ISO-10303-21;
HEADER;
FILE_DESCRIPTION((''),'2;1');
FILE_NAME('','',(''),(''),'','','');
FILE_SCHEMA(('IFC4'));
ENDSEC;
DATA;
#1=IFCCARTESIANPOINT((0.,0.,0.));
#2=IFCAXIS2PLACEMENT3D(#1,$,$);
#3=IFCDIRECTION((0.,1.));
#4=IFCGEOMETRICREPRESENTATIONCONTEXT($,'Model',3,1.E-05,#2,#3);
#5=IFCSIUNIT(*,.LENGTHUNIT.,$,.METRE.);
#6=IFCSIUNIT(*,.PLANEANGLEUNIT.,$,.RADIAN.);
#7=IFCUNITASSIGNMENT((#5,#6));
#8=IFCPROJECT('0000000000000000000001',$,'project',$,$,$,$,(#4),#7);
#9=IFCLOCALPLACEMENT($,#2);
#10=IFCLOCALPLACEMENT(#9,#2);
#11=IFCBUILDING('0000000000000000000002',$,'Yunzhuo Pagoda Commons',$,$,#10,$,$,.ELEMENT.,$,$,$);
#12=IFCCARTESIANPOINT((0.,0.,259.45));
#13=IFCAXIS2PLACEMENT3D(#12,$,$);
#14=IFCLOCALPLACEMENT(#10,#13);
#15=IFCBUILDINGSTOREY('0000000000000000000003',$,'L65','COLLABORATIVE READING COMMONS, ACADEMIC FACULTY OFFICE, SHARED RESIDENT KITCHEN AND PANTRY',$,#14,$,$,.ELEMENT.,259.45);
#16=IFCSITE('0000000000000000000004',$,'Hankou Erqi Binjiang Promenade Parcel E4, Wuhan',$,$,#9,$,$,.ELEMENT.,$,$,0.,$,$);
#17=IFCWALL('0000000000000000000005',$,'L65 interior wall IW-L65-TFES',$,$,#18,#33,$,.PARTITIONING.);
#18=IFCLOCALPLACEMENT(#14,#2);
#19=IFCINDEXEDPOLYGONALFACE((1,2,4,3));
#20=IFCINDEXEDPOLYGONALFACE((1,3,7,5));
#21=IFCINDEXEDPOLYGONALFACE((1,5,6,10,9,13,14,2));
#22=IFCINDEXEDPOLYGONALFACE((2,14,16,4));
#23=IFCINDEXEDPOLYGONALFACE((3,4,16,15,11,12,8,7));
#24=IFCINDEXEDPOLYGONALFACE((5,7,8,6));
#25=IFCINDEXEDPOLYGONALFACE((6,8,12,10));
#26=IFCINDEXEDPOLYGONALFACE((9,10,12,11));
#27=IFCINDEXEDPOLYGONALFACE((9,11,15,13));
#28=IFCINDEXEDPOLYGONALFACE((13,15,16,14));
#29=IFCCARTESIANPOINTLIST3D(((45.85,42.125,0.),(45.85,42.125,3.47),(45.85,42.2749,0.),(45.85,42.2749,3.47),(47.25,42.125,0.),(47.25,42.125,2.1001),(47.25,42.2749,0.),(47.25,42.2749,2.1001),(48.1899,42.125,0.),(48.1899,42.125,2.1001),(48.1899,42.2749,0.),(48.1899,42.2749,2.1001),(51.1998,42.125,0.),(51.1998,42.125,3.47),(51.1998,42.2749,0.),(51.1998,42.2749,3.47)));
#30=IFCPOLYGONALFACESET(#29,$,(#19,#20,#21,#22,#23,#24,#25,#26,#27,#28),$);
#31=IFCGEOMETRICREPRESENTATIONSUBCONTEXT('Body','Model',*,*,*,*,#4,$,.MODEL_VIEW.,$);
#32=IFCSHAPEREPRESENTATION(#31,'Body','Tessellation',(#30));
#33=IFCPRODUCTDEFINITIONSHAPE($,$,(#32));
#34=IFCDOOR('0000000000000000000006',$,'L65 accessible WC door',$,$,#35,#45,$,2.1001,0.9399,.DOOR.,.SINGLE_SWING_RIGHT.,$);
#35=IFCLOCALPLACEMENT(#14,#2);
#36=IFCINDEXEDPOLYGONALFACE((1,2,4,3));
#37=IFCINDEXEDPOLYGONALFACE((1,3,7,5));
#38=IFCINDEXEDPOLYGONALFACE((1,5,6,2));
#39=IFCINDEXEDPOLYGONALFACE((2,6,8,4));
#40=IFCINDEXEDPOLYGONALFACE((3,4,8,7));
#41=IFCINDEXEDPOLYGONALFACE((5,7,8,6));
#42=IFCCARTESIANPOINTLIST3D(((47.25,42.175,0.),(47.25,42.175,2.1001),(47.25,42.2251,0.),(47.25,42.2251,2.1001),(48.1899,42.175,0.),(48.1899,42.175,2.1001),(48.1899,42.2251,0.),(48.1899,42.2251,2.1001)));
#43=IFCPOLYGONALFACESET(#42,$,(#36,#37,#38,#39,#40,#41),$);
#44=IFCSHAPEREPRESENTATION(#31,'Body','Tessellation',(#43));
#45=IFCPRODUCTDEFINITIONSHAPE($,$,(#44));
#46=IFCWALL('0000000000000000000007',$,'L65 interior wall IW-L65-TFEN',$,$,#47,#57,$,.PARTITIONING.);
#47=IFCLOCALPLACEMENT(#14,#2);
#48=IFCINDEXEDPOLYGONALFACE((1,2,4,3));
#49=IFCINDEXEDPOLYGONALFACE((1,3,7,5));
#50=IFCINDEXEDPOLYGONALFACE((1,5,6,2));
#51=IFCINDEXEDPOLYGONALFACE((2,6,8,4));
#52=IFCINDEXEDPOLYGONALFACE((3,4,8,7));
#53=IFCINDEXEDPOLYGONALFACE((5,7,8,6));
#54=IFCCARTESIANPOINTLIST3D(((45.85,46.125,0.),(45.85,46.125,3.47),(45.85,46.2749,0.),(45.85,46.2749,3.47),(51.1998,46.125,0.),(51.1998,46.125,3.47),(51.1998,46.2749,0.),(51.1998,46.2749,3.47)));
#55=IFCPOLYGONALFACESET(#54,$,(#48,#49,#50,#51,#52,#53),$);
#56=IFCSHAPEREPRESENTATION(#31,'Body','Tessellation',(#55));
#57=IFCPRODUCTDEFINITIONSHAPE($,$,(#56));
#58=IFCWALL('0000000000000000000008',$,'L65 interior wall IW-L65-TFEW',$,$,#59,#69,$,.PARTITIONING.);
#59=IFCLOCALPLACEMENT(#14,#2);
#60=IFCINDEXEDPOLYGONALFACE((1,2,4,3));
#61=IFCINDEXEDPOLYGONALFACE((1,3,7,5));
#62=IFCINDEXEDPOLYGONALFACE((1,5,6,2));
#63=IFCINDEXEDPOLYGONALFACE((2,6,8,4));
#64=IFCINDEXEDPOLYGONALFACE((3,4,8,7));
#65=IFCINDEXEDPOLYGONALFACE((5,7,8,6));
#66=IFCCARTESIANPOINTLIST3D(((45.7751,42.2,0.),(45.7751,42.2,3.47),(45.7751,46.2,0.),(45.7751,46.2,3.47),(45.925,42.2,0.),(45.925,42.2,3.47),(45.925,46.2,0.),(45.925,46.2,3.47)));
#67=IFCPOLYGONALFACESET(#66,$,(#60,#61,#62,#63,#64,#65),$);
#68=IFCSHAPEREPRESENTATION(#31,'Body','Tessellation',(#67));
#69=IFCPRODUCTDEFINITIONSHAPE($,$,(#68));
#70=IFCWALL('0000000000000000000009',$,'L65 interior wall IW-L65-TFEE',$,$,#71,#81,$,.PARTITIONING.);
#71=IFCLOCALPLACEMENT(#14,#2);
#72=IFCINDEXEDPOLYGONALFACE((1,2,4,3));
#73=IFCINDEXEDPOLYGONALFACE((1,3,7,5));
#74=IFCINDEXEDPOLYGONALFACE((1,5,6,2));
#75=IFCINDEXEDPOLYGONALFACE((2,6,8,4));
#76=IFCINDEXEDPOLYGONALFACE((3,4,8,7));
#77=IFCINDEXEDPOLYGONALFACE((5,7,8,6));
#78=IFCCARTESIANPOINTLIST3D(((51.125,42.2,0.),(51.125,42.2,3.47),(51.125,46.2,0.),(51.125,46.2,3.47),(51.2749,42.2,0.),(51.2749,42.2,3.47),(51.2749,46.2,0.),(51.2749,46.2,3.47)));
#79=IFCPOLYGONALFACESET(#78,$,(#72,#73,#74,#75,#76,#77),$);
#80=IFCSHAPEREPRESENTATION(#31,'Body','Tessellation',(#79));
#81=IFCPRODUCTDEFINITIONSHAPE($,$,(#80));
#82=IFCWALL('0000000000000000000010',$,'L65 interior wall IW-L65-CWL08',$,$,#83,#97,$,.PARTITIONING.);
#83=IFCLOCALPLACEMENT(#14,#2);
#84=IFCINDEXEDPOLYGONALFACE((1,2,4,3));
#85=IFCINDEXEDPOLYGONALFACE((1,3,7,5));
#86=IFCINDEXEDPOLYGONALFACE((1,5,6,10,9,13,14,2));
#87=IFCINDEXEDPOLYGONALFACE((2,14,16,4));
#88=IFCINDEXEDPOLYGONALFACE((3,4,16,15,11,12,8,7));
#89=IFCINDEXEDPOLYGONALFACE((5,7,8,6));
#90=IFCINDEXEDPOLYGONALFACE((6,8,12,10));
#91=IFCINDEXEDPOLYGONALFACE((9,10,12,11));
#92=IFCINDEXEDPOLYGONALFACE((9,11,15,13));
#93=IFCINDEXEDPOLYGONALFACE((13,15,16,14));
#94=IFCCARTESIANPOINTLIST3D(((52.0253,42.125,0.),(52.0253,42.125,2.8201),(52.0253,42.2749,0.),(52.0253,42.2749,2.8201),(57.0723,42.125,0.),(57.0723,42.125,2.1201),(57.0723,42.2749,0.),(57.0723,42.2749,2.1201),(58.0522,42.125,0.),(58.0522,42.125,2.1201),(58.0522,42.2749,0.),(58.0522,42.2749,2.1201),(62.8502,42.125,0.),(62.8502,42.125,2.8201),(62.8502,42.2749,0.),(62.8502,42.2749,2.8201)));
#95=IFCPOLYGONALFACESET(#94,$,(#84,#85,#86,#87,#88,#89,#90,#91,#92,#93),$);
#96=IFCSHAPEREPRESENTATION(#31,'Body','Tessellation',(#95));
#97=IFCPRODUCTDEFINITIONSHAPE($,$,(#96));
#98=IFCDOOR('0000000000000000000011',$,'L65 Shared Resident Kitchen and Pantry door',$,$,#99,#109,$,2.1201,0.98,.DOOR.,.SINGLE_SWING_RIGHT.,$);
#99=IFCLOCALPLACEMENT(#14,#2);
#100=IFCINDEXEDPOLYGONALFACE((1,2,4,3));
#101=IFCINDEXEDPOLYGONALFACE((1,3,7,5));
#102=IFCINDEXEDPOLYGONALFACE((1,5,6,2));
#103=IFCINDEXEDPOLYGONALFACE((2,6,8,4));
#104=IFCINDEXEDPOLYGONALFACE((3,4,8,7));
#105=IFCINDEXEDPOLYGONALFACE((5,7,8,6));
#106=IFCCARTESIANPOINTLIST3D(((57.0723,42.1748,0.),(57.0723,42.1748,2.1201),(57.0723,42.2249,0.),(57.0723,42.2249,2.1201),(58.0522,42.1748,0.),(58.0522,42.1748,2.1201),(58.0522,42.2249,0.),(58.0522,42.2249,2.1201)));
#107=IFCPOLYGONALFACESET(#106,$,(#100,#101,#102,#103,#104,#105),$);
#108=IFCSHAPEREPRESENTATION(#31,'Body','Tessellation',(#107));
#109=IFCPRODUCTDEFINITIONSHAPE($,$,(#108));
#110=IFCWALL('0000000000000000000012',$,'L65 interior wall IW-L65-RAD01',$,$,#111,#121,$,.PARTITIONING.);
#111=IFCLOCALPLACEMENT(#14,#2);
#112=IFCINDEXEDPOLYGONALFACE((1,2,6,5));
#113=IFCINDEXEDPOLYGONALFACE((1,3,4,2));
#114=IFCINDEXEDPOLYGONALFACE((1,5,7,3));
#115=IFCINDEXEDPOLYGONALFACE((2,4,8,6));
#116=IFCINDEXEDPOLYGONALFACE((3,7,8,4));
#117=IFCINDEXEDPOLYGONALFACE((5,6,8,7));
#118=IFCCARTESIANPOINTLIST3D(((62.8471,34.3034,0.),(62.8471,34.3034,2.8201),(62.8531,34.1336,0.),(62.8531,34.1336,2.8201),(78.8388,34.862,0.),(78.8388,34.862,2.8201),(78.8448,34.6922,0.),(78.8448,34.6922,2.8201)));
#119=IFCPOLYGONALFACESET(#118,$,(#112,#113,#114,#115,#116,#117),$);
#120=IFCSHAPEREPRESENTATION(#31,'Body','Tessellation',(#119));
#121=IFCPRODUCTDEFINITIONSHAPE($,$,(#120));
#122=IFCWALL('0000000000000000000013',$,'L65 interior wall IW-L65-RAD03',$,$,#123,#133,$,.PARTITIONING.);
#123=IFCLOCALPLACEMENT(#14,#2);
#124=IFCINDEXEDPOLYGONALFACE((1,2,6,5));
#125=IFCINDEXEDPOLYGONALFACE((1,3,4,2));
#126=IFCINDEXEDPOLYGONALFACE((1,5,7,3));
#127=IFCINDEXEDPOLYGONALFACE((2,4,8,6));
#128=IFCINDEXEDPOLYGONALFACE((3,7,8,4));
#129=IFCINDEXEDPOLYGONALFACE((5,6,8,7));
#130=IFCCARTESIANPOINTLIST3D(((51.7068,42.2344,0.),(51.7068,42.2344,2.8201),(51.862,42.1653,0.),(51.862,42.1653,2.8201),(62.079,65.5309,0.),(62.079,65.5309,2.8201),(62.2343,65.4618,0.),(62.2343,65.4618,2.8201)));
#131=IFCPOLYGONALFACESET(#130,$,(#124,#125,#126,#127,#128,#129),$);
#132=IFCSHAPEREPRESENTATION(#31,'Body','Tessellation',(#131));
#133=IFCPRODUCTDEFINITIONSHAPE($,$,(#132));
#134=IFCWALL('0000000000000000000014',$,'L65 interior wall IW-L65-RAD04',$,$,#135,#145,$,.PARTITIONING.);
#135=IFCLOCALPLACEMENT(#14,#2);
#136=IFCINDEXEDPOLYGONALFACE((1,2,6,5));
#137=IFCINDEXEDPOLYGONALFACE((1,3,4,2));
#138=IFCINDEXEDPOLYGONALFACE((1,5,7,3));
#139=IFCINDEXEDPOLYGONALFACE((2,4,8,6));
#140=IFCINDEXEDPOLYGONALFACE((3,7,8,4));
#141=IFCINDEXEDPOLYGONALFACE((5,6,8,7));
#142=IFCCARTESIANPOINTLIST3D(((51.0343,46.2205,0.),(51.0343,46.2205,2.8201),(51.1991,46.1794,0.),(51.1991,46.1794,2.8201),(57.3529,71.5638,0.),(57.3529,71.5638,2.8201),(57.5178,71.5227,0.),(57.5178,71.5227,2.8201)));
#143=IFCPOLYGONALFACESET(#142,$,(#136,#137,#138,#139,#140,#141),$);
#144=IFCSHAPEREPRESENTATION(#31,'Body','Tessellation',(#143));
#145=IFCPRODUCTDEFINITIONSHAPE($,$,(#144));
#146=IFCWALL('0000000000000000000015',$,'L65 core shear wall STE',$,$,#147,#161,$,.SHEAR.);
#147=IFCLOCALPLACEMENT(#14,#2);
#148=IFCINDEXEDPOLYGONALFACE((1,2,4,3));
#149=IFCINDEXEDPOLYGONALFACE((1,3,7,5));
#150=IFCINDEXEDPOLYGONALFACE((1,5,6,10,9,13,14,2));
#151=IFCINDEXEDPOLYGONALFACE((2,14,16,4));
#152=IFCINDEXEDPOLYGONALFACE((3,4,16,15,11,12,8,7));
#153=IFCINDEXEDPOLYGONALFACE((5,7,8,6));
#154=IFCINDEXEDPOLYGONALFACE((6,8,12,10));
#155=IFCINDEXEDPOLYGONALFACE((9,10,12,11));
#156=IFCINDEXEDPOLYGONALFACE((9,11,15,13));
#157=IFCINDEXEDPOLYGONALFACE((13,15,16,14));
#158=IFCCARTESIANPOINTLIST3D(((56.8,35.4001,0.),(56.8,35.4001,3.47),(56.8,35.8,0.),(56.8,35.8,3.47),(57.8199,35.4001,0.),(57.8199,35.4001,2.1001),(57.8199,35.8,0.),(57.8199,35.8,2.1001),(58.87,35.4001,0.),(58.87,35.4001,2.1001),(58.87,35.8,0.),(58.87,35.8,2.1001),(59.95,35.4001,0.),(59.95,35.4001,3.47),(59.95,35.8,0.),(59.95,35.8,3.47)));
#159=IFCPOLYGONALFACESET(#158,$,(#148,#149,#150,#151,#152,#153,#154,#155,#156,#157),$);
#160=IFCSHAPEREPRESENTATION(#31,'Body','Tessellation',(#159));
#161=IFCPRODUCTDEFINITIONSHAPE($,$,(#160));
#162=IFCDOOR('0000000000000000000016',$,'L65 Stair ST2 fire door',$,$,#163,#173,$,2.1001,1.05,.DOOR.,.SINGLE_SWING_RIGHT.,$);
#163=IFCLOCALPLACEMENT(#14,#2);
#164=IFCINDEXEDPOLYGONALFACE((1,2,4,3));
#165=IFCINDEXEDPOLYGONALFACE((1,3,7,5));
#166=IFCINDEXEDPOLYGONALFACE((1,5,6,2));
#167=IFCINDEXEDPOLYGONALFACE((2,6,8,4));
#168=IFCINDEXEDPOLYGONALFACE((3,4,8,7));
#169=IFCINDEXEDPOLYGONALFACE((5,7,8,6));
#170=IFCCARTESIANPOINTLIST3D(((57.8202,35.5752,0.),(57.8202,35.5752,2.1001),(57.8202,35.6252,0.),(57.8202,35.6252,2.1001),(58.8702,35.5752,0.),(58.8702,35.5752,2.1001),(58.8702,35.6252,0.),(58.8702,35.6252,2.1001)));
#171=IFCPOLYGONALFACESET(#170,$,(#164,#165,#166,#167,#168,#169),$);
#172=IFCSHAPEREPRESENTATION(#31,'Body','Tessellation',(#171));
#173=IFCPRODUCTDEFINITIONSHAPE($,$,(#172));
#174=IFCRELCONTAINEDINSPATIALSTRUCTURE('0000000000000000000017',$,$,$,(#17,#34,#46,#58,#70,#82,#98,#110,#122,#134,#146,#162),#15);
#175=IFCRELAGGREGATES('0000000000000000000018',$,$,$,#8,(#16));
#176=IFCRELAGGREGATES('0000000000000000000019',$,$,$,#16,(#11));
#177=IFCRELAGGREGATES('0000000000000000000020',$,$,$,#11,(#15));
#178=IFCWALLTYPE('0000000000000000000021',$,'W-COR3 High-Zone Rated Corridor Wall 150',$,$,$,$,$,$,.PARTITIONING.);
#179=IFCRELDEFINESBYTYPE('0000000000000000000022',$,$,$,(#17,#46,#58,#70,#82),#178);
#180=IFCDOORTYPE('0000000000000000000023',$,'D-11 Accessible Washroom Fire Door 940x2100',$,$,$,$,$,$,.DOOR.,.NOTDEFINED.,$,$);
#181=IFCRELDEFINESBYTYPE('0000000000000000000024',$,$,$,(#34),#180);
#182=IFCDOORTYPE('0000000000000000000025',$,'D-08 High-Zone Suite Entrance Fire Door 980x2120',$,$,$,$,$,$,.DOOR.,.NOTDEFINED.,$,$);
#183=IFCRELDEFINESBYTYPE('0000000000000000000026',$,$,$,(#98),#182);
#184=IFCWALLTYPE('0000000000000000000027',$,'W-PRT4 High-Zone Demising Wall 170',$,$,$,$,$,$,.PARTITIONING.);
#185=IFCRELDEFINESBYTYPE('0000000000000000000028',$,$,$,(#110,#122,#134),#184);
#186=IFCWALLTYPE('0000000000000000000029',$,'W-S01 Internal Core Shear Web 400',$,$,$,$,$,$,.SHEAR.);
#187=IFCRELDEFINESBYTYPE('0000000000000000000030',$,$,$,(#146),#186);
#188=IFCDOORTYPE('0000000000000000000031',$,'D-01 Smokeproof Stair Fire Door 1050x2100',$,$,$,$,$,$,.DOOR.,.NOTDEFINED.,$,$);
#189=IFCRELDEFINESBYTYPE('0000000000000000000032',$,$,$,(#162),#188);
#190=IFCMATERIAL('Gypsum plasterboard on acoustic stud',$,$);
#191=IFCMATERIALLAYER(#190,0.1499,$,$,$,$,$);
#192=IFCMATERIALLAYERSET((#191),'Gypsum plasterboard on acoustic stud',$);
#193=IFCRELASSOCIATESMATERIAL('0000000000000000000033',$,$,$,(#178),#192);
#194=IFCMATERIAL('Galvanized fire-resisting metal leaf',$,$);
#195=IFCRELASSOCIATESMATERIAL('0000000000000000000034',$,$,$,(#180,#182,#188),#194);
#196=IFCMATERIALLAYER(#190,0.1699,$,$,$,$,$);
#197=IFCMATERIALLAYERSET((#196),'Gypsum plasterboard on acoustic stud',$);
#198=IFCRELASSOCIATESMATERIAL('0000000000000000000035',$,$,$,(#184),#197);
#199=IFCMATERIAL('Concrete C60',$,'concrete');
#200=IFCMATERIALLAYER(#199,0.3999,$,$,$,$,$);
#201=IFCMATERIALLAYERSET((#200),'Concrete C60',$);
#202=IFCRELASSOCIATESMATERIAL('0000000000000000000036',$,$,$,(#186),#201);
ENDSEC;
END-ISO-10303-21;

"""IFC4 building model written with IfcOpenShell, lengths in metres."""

from ifc_helpers import new_model, si_unit, direction, frame, frame_2d, origin, origin_with_axes, place, context, subcontext, project, spatial, rectangle, extrude, source, transform, mapped, material, layer, layer_set, type_object, element, fill, save


model = new_model("IFC4")

# Units and contexts
model_context = context("Model", 3, precision=1e-05, world=origin(), true_north=direction((0.0, 1.0)))
body_context = subcontext(model_context, "Body", "Model", "MODEL_VIEW")
ifc_project = project(units=[si_unit("LENGTHUNIT", "METRE"), si_unit("PLANEANGLEUNIT", "RADIAN")], contexts=[model_context])

# Site, building, storey
site_placement = place(None, origin())
site = spatial("IfcSite", under=ifc_project, at=site_placement, Name="Hankou Erqi Binjiang Promenade Parcel E4, Wuhan", CompositionType="ELEMENT", RefElevation=0.0)
building_placement = place(site_placement, origin())
building = spatial("IfcBuilding", under=site, at=building_placement, Name="Yunzhuo Pagoda Commons", CompositionType="ELEMENT")
storey_placement = place(building_placement, frame((0.0, 0.0, 259.45)))
storey = spatial("IfcBuildingStorey", under=building, at=storey_placement, Name="L65", Description="COLLABORATIVE READING COMMONS, ACADEMIC FACULTY OFFICE, SHARED RESIDENT KITCHEN AND PANTRY", CompositionType="ELEMENT", Elevation=259.45)

# Wall, opening, door
ifc_material_1 = material(Name="Galvanized fire-resisting metal leaf")
shared_shape_1 = source(origin(), body_context, "Body", "SweptSolid", [
    extrude(rectangle(XDim=1.05, YDim=2.1001, at=frame_2d((0.5249, 1.05))), frame((0.0, 0.0249, 0.0), z_axis=(0.0, -1.0, 0.0), x_axis=(1.0, 0.0, 0.0)), (0.0, 0.0, 1.0), 0.05),
])
ifc_material_2 = material(Name="Gypsum plasterboard on acoustic stud")
ifc_layer_1 = layer(ifc_material_2, 0.1499)
ifc_layer_set_1 = layer_set([ifc_layer_1], Name="Gypsum plasterboard on acoustic stud")
wall_type_1 = type_object("IfcWallType", Name="W-COR3 High-Zone Rated Corridor Wall 150", PredefinedType="PARTITIONING", material=ifc_layer_set_1)
wall_1_placement = place(storey_placement, frame((45.8501, 42.2, 0.0), z_axis=(0.0, 0.0, 1.0), x_axis=(1.0, 0.0, 0.0)))
wall_1 = element("IfcWall", 1, at=wall_1_placement, inside=storey, type_object=wall_type_1, Name="L65 interior wall IW-L65-TFES", PredefinedType="PARTITIONING", context=body_context, shape_type="SweptSolid", body=[
    extrude(rectangle(XDim=5.3499, YDim=0.1499, at=frame_2d((2.6748, 0.0))), origin(), (0.0, 0.0, 1.0), 3.47),
])
opening_1_placement = place(wall_1_placement, frame((1.3999, 0.0, 0.0)))
opening_1 = element("IfcOpeningElement", 2, at=opening_1_placement, cuts=wall_1, PredefinedType="OPENING", context=body_context, shape_type="SweptSolid", body=[
    extrude(rectangle(XDim=0.9399, YDim=2.1001, at=frame_2d((0.47, 1.05))), frame((0.0, 0.085, 0.0), z_axis=(0.0, -1.0, 0.0), x_axis=(1.0, 0.0, 0.0)), (0.0, 0.0, 1.0), 0.1699),
])
door_type_1 = type_object("IfcDoorType", Name="D-11 Accessible Washroom Fire Door 940x2100", OperationType="NOTDEFINED", PredefinedType="DOOR", material=ifc_material_1)
shared_shape_2 = source(origin(), body_context, "Body", "SweptSolid", [
    extrude(rectangle(XDim=0.9399, YDim=2.1001, at=frame_2d((0.47, 1.05))), frame((0.0, 0.0249, 0.0), z_axis=(0.0, -1.0, 0.0), x_axis=(1.0, 0.0, 0.0)), (0.0, 0.0, 1.0), 0.05),
])
door_1_placement = place(opening_1_placement, frame((0.9399, 0.0, 0.0), z_axis=(0.0, 0.0, 1.0), x_axis=(-1.0, 0.0, 0.0)))
door_1 = element("IfcDoor", 3, at=door_1_placement, inside=storey, type_object=door_type_1, Name="L65 accessible WC door", OperationType="SINGLE_SWING_RIGHT", OverallHeight=2.1001, OverallWidth=0.9399, PredefinedType="DOOR", context=body_context, shape_type="MappedRepresentation", body=[
    mapped(shared_shape_2, transform((0.0, 0.0, 0.0), scale=1.0)),
])
fill(opening_1, door_1)

# Walls
wall_2_placement = place(storey_placement, frame((45.8501, 46.2, 0.0), z_axis=(0.0, 0.0, 1.0), x_axis=(1.0, 0.0, 0.0)))
element("IfcWall", 4, at=wall_2_placement, inside=storey, type_object=wall_type_1, Name="L65 interior wall IW-L65-TFEN", PredefinedType="PARTITIONING", context=body_context, shape_type="SweptSolid", body=[
    extrude(rectangle(XDim=5.3499, YDim=0.1499, at=frame_2d((2.6748, 0.0))), origin(), (0.0, 0.0, 1.0), 3.47),
])
for number, where, z_axis, x_axis, name in (
    (5, (45.8501, 42.2, 0.0), (0.0, 0.0, 1.0), (0.0, 1.0, 0.0), "L65 interior wall IW-L65-TFEW"),
    (6, (51.2, 42.2, 0.0), (0.0, 0.0, 1.0), (0.0, 1.0, 0.0), "L65 interior wall IW-L65-TFEE"),
):
    element("IfcWall", number, at=place(storey_placement, frame(where, z_axis=z_axis, x_axis=x_axis)), inside=storey, type_object=wall_type_1, Name=name, PredefinedType="PARTITIONING", context=body_context, shape_type="SweptSolid", body=[
        extrude(rectangle(XDim=4.0, YDim=0.1499, at=frame_2d((2.0, 0.0))), origin(), (0.0, 0.0, 1.0), 3.47),
    ])

# Wall, opening, door
wall_3_placement = place(storey_placement, frame((52.0251, 42.2, 0.0), z_axis=(0.0, 0.0, 1.0), x_axis=(1.0, 0.0, 0.0)))
wall_3 = element("IfcWall", 7, at=wall_3_placement, inside=storey, type_object=wall_type_1, Name="L65 interior wall IW-L65-CWL08", PredefinedType="PARTITIONING", context=body_context, shape_type="SweptSolid", body=[
    extrude(rectangle(XDim=10.825, YDim=0.1499, at=frame_2d((5.4126, 0.0))), origin(), (0.0, 0.0, 1.0), 2.8201),
])
opening_2_placement = place(wall_3_placement, frame((5.0471, 0.0, 0.0)))
opening_2 = element("IfcOpeningElement", 8, at=opening_2_placement, cuts=wall_3, PredefinedType="OPENING", context=body_context, shape_type="SweptSolid", body=[
    extrude(rectangle(XDim=0.98, YDim=2.1201, at=frame_2d((0.49, 1.0601))), frame((0.0, 0.085, 0.0), z_axis=(0.0, -1.0, 0.0), x_axis=(1.0, 0.0, 0.0)), (0.0, 0.0, 1.0), 0.1699),
])
door_type_2 = type_object("IfcDoorType", Name="D-08 High-Zone Suite Entrance Fire Door 980x2120", OperationType="NOTDEFINED", PredefinedType="DOOR", material=ifc_material_1)
shared_shape_3 = source(origin(), body_context, "Body", "SweptSolid", [
    extrude(rectangle(XDim=0.98, YDim=2.1201, at=frame_2d((0.49, 1.0601))), frame((0.0, 0.0249, 0.0), z_axis=(0.0, -1.0, 0.0), x_axis=(1.0, 0.0, 0.0)), (0.0, 0.0, 1.0), 0.05),
])
door_2_placement = place(opening_2_placement, origin_with_axes())
door_2 = element("IfcDoor", 9, at=door_2_placement, inside=storey, type_object=door_type_2, Name="L65 Shared Resident Kitchen and Pantry door", OperationType="SINGLE_SWING_RIGHT", OverallHeight=2.1201, OverallWidth=0.98, PredefinedType="DOOR", context=body_context, shape_type="MappedRepresentation", body=[
    mapped(shared_shape_3, transform((0.0, 0.0, 0.0), scale=1.0)),
])
fill(opening_2, door_2)

# Walls
ifc_layer_2 = layer(ifc_material_2, 0.1699)
ifc_layer_set_2 = layer_set([ifc_layer_2], Name="Gypsum plasterboard on acoustic stud")
wall_type_2 = type_object("IfcWallType", Name="W-PRT4 High-Zone Demising Wall 170", PredefinedType="PARTITIONING", material=ifc_layer_set_2)
wall_4_placement = place(storey_placement, frame((62.8501, 34.2185, 0.0), z_axis=(0.0, 0.0, 1.0), x_axis=(0.99939, 0.034909, 0.0)))
element("IfcWall", 10, at=wall_4_placement, inside=storey, type_object=wall_type_2, Name="L65 interior wall IW-L65-RAD01", PredefinedType="PARTITIONING", context=body_context, shape_type="SweptSolid", body=[
    extrude(rectangle(XDim=16.0015, YDim=0.1699, at=frame_2d((8.0007, 0.0))), origin(), (0.0, 0.0, 1.0), 2.8201),
])
wall_5_placement = place(storey_placement, frame((51.7844, 42.2, 0.0), z_axis=(0.0, 0.0, 1.0), x_axis=(0.406736, 0.913546, 0.0)))
element("IfcWall", 11, at=wall_5_placement, inside=storey, type_object=wall_type_2, Name="L65 interior wall IW-L65-RAD03", PredefinedType="PARTITIONING", context=body_context, shape_type="SweptSolid", body=[
    extrude(rectangle(XDim=25.5012, YDim=0.1699, at=frame_2d((12.7505, 0.0))), origin(), (0.0, 0.0, 1.0), 2.8201),
])
wall_6_placement = place(storey_placement, frame((51.1167, 46.2, 0.0), z_axis=(0.0, 0.0, 1.0), x_axis=(0.241915, 0.970297, 0.0)))
element("IfcWall", 12, at=wall_6_placement, inside=storey, type_object=wall_type_2, Name="L65 interior wall IW-L65-RAD04", PredefinedType="PARTITIONING", context=body_context, shape_type="SweptSolid", body=[
    extrude(rectangle(XDim=26.1191, YDim=0.1699, at=frame_2d((13.0596, 0.0))), origin(), (0.0, 0.0, 1.0), 2.8201),
])

# Wall, opening, door
ifc_material_3 = material(Name="Concrete C60", Category="concrete")
ifc_layer_3 = layer(ifc_material_3, 0.3999)
ifc_layer_set_3 = layer_set([ifc_layer_3], Name="Concrete C60")
wall_type_3 = type_object("IfcWallType", Name="W-S01 Internal Core Shear Web 400", PredefinedType="SHEAR", material=ifc_layer_set_3)
wall_7_placement = place(storey_placement, frame((56.8, 35.6001, 0.0), z_axis=(0.0, 0.0, 1.0), x_axis=(1.0, 0.0, 0.0)))
wall_7 = element("IfcWall", 13, at=wall_7_placement, inside=storey, type_object=wall_type_3, Name="L65 core shear wall STE", PredefinedType="SHEAR", context=body_context, shape_type="SweptSolid", body=[
    extrude(rectangle(XDim=3.1499, YDim=0.3999, at=frame_2d((1.575, 0.0))), origin(), (0.0, 0.0, 1.0), 3.47),
])
opening_3_placement = place(wall_7_placement, frame((1.02, 0.0, 0.0)))
opening_3 = element("IfcOpeningElement", 14, at=opening_3_placement, cuts=wall_7, PredefinedType="OPENING", context=body_context, shape_type="SweptSolid", body=[
    extrude(rectangle(XDim=1.05, YDim=2.1001, at=frame_2d((0.5249, 1.05))), frame((0.0, 0.21, 0.0), z_axis=(0.0, -1.0, 0.0), x_axis=(1.0, 0.0, 0.0)), (0.0, 0.0, 1.0), 0.4199),
])
door_type_3 = type_object("IfcDoorType", Name="D-01 Smokeproof Stair Fire Door 1050x2100", OperationType="NOTDEFINED", PredefinedType="DOOR", material=ifc_material_1)
door_3_placement = place(opening_3_placement, frame((1.05, 0.0, 0.0), z_axis=(0.0, 0.0, 1.0), x_axis=(-1.0, 0.0, 0.0)))
door_3 = element("IfcDoor", 15, at=door_3_placement, inside=storey, type_object=door_type_3, Name="L65 Stair ST2 fire door", OperationType="SINGLE_SWING_RIGHT", OverallHeight=2.1001, OverallWidth=1.05, PredefinedType="DOOR", context=body_context, shape_type="MappedRepresentation", body=[
    mapped(shared_shape_1, transform((0.0, 0.0, 0.0), scale=1.0)),
])
fill(opening_3, door_3)

save(model, "model.ifc")
